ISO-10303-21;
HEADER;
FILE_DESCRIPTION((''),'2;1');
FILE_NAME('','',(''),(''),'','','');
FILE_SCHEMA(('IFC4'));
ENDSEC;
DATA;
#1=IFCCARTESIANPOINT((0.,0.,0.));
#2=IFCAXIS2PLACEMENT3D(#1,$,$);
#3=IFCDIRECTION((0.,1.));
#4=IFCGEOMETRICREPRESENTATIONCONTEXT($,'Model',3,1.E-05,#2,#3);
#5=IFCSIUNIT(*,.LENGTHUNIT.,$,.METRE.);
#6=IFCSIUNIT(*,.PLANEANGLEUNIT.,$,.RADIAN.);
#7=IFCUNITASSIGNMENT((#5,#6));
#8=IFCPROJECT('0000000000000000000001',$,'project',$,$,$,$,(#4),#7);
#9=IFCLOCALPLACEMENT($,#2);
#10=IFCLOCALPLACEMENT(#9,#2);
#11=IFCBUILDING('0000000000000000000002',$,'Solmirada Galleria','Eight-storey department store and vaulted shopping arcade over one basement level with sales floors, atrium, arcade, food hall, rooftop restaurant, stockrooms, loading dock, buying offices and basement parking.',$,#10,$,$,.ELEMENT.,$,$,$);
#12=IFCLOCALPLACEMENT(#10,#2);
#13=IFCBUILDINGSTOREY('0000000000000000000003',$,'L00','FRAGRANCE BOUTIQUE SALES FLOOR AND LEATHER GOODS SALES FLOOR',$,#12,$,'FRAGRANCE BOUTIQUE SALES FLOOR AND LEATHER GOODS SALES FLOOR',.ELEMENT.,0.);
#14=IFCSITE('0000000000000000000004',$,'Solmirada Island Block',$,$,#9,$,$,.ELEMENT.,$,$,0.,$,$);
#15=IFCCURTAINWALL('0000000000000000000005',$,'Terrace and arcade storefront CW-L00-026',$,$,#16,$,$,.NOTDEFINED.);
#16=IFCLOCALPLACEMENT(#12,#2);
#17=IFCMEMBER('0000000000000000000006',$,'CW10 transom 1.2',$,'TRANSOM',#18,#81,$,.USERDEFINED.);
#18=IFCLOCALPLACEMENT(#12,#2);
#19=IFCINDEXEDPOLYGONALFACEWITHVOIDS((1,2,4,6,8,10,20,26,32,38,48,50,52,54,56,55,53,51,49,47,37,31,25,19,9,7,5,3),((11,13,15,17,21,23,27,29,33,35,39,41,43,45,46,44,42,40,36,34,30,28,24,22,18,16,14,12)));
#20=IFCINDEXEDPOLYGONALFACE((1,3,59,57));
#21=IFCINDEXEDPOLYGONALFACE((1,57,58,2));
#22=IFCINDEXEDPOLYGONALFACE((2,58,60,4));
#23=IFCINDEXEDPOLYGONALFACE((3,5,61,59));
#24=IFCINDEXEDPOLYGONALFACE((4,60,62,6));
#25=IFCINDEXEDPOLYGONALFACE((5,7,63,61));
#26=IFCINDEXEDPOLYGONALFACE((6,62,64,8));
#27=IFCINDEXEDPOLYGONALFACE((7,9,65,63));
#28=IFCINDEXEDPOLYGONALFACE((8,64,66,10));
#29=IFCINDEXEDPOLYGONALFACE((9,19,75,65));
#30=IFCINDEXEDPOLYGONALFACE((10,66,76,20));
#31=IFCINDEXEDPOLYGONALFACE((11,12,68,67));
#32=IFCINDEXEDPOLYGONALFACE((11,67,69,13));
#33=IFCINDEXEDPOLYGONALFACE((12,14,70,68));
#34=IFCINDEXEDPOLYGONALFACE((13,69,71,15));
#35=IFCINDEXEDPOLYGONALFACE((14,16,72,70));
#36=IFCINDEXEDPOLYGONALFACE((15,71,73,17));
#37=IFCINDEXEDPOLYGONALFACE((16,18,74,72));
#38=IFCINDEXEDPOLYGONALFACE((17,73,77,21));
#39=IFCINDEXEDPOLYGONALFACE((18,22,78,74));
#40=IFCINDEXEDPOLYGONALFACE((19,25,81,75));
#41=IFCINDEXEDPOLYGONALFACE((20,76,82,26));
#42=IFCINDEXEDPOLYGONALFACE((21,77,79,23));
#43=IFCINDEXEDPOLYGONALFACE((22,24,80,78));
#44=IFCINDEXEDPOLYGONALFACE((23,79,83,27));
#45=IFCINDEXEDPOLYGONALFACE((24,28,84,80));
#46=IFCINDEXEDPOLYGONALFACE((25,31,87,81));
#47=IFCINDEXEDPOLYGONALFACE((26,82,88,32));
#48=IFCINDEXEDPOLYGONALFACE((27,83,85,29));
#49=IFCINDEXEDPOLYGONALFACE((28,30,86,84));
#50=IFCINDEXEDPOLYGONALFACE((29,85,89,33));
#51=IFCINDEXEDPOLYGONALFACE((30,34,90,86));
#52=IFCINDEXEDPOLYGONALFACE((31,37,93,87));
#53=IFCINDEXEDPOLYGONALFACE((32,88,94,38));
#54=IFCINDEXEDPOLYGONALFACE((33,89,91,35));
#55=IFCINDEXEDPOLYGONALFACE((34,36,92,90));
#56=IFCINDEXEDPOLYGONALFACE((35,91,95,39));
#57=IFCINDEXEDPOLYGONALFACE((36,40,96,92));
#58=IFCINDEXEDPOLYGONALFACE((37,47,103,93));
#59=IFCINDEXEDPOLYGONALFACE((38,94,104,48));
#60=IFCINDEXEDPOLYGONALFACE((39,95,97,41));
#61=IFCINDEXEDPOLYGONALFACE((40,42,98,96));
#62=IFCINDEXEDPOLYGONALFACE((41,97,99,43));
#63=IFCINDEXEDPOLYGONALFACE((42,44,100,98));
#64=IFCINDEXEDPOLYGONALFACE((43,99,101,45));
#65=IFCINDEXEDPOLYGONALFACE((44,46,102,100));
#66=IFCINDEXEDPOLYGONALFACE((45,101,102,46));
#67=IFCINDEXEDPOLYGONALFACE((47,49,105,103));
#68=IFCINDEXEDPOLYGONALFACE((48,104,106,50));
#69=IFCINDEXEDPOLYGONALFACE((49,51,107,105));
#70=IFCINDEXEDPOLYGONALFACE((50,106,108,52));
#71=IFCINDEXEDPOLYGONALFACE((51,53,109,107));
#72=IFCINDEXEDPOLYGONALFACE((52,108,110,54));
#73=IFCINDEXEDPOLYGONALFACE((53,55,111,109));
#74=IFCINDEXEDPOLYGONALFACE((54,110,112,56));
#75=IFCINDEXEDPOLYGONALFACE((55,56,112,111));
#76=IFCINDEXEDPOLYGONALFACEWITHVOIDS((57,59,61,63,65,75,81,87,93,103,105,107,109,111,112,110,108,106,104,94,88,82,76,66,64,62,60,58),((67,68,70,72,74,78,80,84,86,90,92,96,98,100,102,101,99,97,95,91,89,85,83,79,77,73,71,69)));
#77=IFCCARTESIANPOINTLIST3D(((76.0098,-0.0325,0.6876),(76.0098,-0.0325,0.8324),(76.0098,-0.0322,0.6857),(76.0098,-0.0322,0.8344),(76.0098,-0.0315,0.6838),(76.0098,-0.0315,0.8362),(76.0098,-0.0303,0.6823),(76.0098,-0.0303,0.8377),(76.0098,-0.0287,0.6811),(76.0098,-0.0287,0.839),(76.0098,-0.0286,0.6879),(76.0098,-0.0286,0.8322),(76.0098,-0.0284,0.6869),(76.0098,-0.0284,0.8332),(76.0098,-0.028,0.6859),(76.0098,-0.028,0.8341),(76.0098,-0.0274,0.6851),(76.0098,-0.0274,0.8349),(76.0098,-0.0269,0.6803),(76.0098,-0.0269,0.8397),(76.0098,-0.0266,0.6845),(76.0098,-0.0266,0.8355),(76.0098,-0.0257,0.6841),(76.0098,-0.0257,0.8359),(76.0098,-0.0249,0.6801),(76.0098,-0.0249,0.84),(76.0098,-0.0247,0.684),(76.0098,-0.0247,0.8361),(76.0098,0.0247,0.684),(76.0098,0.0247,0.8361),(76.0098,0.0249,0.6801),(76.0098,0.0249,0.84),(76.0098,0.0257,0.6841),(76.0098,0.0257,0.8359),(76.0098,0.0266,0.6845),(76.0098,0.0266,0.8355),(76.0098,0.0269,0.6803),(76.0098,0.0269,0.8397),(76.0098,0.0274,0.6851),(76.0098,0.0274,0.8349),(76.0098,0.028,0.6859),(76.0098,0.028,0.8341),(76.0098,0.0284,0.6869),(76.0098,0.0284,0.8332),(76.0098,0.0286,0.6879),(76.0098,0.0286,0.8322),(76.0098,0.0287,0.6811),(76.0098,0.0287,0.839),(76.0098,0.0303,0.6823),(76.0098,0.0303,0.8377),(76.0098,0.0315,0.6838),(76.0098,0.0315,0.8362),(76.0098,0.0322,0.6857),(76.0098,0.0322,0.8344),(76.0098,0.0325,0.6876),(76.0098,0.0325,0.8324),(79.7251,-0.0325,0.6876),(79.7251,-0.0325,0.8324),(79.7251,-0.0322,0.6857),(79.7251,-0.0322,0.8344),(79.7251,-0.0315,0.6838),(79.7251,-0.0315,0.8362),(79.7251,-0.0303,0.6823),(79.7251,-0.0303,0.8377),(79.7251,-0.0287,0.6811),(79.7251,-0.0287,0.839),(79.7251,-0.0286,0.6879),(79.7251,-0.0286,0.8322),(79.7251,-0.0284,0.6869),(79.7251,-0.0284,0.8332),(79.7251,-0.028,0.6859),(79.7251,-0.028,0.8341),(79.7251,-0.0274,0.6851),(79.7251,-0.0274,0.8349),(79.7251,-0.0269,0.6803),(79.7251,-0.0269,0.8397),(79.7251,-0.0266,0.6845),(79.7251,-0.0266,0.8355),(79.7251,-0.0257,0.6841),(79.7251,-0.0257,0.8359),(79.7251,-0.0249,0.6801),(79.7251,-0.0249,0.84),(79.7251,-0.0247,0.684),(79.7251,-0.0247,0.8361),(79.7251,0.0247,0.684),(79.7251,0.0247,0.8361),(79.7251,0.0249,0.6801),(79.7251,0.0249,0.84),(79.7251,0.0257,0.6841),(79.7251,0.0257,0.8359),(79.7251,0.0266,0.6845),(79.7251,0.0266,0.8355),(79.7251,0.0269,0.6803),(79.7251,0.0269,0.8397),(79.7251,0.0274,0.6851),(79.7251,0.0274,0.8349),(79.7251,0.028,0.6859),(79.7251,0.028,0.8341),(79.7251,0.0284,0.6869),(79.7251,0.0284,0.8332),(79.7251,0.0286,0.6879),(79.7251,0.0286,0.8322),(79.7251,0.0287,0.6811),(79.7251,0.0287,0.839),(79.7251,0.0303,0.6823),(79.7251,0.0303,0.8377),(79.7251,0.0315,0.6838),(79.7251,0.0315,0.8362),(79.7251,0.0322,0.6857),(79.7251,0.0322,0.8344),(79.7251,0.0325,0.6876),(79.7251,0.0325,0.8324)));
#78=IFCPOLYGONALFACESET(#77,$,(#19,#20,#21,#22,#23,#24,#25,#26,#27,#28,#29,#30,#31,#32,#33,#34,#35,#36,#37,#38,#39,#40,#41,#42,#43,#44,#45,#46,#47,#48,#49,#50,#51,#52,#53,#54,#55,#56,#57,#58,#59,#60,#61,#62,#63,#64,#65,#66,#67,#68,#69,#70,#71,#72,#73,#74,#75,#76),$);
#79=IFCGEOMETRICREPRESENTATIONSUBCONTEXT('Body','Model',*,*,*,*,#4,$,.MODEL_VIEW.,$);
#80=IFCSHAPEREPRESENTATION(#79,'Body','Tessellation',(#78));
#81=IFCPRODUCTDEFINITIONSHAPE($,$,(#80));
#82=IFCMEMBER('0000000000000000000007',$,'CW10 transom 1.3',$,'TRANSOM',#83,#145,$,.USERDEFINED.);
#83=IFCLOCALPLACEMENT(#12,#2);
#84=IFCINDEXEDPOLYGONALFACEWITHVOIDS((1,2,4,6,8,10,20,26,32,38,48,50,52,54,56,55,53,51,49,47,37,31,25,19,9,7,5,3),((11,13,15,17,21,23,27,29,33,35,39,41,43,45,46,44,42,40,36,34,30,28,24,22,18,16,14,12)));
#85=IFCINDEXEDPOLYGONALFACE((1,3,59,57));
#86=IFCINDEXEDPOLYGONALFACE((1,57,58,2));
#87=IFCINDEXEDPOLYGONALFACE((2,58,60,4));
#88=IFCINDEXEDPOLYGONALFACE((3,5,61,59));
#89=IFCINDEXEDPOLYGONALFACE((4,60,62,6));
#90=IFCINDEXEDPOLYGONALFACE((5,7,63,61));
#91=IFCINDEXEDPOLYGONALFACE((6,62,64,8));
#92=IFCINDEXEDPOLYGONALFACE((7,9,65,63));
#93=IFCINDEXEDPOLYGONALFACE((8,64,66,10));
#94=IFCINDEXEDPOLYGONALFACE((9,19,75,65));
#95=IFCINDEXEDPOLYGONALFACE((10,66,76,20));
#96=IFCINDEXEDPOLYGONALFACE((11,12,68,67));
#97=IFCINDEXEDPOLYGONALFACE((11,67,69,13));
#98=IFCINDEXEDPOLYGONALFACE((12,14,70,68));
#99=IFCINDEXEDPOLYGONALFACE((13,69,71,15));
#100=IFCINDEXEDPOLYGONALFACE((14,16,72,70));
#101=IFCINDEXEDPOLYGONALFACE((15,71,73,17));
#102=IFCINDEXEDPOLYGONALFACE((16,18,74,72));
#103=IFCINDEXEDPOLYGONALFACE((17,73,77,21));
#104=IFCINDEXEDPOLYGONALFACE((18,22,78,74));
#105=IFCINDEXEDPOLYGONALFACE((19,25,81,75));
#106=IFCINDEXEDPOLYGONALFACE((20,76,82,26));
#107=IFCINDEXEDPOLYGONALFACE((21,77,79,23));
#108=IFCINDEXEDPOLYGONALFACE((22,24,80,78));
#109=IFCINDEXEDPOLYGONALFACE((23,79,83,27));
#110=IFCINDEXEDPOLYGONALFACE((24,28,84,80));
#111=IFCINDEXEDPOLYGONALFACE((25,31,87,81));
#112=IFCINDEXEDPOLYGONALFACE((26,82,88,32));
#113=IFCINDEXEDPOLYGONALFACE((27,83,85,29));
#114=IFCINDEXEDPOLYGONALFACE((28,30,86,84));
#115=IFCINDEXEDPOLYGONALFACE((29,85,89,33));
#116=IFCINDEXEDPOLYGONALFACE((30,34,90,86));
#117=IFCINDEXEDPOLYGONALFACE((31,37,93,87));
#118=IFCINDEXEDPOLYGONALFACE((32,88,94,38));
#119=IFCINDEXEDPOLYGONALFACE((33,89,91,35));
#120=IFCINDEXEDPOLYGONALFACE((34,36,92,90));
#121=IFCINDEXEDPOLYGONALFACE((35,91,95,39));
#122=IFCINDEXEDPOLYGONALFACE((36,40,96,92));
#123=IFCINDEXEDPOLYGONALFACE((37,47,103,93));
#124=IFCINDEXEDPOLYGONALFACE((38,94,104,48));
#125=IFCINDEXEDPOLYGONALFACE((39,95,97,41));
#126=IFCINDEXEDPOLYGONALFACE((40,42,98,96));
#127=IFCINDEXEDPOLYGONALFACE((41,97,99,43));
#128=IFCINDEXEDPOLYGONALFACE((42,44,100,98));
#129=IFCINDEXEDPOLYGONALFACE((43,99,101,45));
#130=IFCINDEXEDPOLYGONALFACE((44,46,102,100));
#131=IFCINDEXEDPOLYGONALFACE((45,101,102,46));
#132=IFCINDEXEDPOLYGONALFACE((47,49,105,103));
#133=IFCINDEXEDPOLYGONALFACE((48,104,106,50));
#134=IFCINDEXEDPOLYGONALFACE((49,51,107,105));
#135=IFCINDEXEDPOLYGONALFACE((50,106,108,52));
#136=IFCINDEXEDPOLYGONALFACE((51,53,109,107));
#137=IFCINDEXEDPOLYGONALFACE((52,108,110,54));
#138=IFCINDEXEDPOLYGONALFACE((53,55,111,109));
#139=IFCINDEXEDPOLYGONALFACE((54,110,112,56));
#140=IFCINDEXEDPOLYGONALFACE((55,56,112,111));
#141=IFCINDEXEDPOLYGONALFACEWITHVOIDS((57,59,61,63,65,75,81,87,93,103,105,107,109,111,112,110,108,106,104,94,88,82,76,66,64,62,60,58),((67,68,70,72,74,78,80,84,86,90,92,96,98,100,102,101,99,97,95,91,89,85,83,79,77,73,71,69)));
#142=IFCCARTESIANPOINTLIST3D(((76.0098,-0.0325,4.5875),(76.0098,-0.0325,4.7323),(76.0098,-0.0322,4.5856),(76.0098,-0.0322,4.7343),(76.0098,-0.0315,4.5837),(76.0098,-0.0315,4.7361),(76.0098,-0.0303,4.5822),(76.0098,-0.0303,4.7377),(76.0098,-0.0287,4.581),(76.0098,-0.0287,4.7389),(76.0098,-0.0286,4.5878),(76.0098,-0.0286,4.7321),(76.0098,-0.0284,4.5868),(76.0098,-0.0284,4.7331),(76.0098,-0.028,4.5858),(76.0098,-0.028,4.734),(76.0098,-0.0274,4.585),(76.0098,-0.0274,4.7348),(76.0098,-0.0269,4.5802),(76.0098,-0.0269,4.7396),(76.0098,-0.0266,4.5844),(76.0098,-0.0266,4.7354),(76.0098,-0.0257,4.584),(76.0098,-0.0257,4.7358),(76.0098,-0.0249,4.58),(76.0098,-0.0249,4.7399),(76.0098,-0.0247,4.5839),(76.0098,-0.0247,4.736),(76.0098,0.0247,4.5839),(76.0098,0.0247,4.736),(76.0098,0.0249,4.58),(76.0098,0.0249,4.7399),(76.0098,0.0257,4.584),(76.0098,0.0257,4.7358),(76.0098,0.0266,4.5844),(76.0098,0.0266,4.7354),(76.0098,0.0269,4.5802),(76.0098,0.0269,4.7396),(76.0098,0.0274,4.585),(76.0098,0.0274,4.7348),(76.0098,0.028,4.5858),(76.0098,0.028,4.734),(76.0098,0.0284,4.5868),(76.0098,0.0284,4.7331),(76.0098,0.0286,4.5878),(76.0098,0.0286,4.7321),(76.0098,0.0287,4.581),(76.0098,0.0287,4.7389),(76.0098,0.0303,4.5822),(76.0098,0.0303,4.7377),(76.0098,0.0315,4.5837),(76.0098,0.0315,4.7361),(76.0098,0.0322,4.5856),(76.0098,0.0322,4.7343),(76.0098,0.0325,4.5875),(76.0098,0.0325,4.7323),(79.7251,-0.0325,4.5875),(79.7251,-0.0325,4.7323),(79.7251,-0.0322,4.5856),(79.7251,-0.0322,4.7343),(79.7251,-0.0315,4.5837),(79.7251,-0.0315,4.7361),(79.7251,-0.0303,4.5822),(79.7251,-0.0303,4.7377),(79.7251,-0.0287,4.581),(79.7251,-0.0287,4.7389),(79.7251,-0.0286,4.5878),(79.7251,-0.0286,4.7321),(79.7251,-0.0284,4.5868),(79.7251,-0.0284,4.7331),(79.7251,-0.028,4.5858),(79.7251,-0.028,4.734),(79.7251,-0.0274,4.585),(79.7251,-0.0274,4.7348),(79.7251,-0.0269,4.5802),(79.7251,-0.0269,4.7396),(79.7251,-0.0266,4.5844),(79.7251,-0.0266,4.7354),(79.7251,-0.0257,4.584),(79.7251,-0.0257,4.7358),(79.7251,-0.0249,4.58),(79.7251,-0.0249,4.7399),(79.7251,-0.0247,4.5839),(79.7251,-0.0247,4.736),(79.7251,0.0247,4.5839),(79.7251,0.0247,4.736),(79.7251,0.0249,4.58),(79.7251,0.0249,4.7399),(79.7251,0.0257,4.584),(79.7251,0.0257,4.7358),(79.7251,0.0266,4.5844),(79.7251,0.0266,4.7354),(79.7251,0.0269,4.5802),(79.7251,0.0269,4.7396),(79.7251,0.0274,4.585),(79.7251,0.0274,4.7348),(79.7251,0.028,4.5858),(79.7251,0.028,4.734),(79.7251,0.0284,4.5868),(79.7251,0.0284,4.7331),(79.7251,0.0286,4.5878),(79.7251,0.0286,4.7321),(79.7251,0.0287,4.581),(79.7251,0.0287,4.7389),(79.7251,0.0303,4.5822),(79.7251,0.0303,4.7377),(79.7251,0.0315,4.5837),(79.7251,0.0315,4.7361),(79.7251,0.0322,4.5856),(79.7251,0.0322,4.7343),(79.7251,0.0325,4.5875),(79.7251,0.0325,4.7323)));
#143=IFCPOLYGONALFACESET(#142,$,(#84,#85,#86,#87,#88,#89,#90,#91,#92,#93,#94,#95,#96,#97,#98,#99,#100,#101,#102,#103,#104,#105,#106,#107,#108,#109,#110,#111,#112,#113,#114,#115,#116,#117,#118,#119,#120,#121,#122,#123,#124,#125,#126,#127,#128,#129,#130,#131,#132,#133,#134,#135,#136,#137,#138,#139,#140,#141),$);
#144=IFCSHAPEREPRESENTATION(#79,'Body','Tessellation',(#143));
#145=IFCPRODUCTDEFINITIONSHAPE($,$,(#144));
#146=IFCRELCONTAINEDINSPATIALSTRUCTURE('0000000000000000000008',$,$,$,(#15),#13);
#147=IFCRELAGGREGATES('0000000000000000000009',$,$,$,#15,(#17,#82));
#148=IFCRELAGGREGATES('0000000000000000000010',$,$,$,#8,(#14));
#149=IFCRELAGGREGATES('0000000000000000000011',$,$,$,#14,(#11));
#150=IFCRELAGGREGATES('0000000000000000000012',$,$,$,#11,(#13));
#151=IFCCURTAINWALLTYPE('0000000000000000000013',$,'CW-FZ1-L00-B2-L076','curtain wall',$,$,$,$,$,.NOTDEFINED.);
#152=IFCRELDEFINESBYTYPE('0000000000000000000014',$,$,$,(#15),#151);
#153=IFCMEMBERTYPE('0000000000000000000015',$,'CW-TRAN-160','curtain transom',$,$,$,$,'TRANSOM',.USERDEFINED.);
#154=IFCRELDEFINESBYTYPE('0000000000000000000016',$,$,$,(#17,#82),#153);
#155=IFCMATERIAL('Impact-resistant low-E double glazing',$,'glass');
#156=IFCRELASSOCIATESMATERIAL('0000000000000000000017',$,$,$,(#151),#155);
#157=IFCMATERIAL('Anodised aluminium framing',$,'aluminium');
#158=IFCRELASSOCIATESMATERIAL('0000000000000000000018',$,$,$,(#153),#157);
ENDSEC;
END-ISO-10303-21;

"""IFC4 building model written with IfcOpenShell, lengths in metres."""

from ifc_helpers import new_model, si_unit, direction, frame, origin, origin_2d, place, context, subcontext, project, spatial, hollow_rectangle, extrude, material, material_profile, profile_set, type_object, element, aggregate, save


model = new_model("IFC4")

# Units and contexts
model_context = context("Model", 3, precision=1e-05, world=origin(), true_north=direction((0.0, 1.0)))
body_context = subcontext(model_context, "Body", "Model", "MODEL_VIEW")
ifc_project = project(units=[si_unit("LENGTHUNIT", "METRE"), si_unit("PLANEANGLEUNIT", "RADIAN")], contexts=[model_context])

# Site, building, storey
site_placement = place(None, origin())
site = spatial("IfcSite", under=ifc_project, at=site_placement, Name="Solmirada Island Block", CompositionType="ELEMENT", RefElevation=0.0)
building_placement = place(site_placement, origin())
building = spatial("IfcBuilding", under=site, at=building_placement, Name="Solmirada Galleria", Description="Eight-storey department store and vaulted shopping arcade over one basement level with sales floors, atrium, arcade, food hall, rooftop restaurant, stockrooms, loading dock, buying offices and basement parking.", CompositionType="ELEMENT")
storey_placement = place(building_placement, origin())
storey = spatial("IfcBuildingStorey", under=building, at=storey_placement, Name="L00", Description="FRAGRANCE BOUTIQUE SALES FLOOR AND LEATHER GOODS SALES FLOOR", LongName="FRAGRANCE BOUTIQUE SALES FLOOR AND LEATHER GOODS SALES FLOOR", CompositionType="ELEMENT", Elevation=0.0)

# Curtain wall
ifc_material_1 = material(Name="Impact-resistant low-E double glazing", Category="glass")
curtain_wall_type_1 = type_object("IfcCurtainWallType", Name="CW-FZ1-L00-B2-L076", Description="curtain wall", PredefinedType="NOTDEFINED", material=ifc_material_1)
curtain_wall_1_placement = place(storey_placement, origin())
curtain_wall_1 = element("IfcCurtainWall", 1, at=curtain_wall_1_placement, inside=storey, type_object=curtain_wall_type_1, Name="Terrace and arcade storefront CW-L00-026", PredefinedType="NOTDEFINED")
ifc_material_2 = material(Name="Anodised aluminium framing", Category="aluminium")

# Members
ifc_material_profile_1 = material_profile(ifc_material_2, hollow_rectangle(XDim=0.0649, YDim=0.1599, WallThickness=0.0039, InnerFilletRadius=0.0039, OuterFilletRadius=0.0076, at=origin_2d()), Name="ALU-TRAN-160X65")
ifc_profile_set_1 = profile_set([ifc_material_profile_1], Name="Anodised aluminium framing")
member_type_1 = type_object("IfcMemberType", Name="CW-TRAN-160", Description="curtain transom", ElementType="TRANSOM", PredefinedType="USERDEFINED", material=ifc_profile_set_1)
member_1_placement = place(storey_placement, frame((79.7251, 0.0, 0.76), z_axis=(-1.0, 0.0, 0.0), x_axis=(0.0, -1.0, 0.0)))
member_1 = element("IfcMember", 2, at=member_1_placement, type_object=member_type_1, Name="CW10 transom 1.2", ObjectType="TRANSOM", PredefinedType="USERDEFINED", context=body_context, shape_type="SweptSolid", body=[
    extrude(hollow_rectangle(XDim=0.0649, YDim=0.1599, WallThickness=0.0039, InnerFilletRadius=0.0039, OuterFilletRadius=0.0076, at=origin_2d()), origin(), (0.0, 0.0, 1.0), 3.7153),
])
member_2_placement = place(storey_placement, frame((79.7251, 0.0, 4.6599), z_axis=(-1.0, 0.0, 0.0), x_axis=(0.0, -1.0, 0.0)))
member_2 = element("IfcMember", 3, at=member_2_placement, type_object=member_type_1, Name="CW10 transom 1.3", ObjectType="TRANSOM", PredefinedType="USERDEFINED", context=body_context, shape_type="SweptSolid", body=[
    extrude(hollow_rectangle(XDim=0.0649, YDim=0.1599, WallThickness=0.0039, InnerFilletRadius=0.0039, OuterFilletRadius=0.0076, at=origin_2d()), origin(), (0.0, 0.0, 1.0), 3.7153),
])

aggregate(curtain_wall_1, [member_1, member_2])

save(model, "model.ifc")
